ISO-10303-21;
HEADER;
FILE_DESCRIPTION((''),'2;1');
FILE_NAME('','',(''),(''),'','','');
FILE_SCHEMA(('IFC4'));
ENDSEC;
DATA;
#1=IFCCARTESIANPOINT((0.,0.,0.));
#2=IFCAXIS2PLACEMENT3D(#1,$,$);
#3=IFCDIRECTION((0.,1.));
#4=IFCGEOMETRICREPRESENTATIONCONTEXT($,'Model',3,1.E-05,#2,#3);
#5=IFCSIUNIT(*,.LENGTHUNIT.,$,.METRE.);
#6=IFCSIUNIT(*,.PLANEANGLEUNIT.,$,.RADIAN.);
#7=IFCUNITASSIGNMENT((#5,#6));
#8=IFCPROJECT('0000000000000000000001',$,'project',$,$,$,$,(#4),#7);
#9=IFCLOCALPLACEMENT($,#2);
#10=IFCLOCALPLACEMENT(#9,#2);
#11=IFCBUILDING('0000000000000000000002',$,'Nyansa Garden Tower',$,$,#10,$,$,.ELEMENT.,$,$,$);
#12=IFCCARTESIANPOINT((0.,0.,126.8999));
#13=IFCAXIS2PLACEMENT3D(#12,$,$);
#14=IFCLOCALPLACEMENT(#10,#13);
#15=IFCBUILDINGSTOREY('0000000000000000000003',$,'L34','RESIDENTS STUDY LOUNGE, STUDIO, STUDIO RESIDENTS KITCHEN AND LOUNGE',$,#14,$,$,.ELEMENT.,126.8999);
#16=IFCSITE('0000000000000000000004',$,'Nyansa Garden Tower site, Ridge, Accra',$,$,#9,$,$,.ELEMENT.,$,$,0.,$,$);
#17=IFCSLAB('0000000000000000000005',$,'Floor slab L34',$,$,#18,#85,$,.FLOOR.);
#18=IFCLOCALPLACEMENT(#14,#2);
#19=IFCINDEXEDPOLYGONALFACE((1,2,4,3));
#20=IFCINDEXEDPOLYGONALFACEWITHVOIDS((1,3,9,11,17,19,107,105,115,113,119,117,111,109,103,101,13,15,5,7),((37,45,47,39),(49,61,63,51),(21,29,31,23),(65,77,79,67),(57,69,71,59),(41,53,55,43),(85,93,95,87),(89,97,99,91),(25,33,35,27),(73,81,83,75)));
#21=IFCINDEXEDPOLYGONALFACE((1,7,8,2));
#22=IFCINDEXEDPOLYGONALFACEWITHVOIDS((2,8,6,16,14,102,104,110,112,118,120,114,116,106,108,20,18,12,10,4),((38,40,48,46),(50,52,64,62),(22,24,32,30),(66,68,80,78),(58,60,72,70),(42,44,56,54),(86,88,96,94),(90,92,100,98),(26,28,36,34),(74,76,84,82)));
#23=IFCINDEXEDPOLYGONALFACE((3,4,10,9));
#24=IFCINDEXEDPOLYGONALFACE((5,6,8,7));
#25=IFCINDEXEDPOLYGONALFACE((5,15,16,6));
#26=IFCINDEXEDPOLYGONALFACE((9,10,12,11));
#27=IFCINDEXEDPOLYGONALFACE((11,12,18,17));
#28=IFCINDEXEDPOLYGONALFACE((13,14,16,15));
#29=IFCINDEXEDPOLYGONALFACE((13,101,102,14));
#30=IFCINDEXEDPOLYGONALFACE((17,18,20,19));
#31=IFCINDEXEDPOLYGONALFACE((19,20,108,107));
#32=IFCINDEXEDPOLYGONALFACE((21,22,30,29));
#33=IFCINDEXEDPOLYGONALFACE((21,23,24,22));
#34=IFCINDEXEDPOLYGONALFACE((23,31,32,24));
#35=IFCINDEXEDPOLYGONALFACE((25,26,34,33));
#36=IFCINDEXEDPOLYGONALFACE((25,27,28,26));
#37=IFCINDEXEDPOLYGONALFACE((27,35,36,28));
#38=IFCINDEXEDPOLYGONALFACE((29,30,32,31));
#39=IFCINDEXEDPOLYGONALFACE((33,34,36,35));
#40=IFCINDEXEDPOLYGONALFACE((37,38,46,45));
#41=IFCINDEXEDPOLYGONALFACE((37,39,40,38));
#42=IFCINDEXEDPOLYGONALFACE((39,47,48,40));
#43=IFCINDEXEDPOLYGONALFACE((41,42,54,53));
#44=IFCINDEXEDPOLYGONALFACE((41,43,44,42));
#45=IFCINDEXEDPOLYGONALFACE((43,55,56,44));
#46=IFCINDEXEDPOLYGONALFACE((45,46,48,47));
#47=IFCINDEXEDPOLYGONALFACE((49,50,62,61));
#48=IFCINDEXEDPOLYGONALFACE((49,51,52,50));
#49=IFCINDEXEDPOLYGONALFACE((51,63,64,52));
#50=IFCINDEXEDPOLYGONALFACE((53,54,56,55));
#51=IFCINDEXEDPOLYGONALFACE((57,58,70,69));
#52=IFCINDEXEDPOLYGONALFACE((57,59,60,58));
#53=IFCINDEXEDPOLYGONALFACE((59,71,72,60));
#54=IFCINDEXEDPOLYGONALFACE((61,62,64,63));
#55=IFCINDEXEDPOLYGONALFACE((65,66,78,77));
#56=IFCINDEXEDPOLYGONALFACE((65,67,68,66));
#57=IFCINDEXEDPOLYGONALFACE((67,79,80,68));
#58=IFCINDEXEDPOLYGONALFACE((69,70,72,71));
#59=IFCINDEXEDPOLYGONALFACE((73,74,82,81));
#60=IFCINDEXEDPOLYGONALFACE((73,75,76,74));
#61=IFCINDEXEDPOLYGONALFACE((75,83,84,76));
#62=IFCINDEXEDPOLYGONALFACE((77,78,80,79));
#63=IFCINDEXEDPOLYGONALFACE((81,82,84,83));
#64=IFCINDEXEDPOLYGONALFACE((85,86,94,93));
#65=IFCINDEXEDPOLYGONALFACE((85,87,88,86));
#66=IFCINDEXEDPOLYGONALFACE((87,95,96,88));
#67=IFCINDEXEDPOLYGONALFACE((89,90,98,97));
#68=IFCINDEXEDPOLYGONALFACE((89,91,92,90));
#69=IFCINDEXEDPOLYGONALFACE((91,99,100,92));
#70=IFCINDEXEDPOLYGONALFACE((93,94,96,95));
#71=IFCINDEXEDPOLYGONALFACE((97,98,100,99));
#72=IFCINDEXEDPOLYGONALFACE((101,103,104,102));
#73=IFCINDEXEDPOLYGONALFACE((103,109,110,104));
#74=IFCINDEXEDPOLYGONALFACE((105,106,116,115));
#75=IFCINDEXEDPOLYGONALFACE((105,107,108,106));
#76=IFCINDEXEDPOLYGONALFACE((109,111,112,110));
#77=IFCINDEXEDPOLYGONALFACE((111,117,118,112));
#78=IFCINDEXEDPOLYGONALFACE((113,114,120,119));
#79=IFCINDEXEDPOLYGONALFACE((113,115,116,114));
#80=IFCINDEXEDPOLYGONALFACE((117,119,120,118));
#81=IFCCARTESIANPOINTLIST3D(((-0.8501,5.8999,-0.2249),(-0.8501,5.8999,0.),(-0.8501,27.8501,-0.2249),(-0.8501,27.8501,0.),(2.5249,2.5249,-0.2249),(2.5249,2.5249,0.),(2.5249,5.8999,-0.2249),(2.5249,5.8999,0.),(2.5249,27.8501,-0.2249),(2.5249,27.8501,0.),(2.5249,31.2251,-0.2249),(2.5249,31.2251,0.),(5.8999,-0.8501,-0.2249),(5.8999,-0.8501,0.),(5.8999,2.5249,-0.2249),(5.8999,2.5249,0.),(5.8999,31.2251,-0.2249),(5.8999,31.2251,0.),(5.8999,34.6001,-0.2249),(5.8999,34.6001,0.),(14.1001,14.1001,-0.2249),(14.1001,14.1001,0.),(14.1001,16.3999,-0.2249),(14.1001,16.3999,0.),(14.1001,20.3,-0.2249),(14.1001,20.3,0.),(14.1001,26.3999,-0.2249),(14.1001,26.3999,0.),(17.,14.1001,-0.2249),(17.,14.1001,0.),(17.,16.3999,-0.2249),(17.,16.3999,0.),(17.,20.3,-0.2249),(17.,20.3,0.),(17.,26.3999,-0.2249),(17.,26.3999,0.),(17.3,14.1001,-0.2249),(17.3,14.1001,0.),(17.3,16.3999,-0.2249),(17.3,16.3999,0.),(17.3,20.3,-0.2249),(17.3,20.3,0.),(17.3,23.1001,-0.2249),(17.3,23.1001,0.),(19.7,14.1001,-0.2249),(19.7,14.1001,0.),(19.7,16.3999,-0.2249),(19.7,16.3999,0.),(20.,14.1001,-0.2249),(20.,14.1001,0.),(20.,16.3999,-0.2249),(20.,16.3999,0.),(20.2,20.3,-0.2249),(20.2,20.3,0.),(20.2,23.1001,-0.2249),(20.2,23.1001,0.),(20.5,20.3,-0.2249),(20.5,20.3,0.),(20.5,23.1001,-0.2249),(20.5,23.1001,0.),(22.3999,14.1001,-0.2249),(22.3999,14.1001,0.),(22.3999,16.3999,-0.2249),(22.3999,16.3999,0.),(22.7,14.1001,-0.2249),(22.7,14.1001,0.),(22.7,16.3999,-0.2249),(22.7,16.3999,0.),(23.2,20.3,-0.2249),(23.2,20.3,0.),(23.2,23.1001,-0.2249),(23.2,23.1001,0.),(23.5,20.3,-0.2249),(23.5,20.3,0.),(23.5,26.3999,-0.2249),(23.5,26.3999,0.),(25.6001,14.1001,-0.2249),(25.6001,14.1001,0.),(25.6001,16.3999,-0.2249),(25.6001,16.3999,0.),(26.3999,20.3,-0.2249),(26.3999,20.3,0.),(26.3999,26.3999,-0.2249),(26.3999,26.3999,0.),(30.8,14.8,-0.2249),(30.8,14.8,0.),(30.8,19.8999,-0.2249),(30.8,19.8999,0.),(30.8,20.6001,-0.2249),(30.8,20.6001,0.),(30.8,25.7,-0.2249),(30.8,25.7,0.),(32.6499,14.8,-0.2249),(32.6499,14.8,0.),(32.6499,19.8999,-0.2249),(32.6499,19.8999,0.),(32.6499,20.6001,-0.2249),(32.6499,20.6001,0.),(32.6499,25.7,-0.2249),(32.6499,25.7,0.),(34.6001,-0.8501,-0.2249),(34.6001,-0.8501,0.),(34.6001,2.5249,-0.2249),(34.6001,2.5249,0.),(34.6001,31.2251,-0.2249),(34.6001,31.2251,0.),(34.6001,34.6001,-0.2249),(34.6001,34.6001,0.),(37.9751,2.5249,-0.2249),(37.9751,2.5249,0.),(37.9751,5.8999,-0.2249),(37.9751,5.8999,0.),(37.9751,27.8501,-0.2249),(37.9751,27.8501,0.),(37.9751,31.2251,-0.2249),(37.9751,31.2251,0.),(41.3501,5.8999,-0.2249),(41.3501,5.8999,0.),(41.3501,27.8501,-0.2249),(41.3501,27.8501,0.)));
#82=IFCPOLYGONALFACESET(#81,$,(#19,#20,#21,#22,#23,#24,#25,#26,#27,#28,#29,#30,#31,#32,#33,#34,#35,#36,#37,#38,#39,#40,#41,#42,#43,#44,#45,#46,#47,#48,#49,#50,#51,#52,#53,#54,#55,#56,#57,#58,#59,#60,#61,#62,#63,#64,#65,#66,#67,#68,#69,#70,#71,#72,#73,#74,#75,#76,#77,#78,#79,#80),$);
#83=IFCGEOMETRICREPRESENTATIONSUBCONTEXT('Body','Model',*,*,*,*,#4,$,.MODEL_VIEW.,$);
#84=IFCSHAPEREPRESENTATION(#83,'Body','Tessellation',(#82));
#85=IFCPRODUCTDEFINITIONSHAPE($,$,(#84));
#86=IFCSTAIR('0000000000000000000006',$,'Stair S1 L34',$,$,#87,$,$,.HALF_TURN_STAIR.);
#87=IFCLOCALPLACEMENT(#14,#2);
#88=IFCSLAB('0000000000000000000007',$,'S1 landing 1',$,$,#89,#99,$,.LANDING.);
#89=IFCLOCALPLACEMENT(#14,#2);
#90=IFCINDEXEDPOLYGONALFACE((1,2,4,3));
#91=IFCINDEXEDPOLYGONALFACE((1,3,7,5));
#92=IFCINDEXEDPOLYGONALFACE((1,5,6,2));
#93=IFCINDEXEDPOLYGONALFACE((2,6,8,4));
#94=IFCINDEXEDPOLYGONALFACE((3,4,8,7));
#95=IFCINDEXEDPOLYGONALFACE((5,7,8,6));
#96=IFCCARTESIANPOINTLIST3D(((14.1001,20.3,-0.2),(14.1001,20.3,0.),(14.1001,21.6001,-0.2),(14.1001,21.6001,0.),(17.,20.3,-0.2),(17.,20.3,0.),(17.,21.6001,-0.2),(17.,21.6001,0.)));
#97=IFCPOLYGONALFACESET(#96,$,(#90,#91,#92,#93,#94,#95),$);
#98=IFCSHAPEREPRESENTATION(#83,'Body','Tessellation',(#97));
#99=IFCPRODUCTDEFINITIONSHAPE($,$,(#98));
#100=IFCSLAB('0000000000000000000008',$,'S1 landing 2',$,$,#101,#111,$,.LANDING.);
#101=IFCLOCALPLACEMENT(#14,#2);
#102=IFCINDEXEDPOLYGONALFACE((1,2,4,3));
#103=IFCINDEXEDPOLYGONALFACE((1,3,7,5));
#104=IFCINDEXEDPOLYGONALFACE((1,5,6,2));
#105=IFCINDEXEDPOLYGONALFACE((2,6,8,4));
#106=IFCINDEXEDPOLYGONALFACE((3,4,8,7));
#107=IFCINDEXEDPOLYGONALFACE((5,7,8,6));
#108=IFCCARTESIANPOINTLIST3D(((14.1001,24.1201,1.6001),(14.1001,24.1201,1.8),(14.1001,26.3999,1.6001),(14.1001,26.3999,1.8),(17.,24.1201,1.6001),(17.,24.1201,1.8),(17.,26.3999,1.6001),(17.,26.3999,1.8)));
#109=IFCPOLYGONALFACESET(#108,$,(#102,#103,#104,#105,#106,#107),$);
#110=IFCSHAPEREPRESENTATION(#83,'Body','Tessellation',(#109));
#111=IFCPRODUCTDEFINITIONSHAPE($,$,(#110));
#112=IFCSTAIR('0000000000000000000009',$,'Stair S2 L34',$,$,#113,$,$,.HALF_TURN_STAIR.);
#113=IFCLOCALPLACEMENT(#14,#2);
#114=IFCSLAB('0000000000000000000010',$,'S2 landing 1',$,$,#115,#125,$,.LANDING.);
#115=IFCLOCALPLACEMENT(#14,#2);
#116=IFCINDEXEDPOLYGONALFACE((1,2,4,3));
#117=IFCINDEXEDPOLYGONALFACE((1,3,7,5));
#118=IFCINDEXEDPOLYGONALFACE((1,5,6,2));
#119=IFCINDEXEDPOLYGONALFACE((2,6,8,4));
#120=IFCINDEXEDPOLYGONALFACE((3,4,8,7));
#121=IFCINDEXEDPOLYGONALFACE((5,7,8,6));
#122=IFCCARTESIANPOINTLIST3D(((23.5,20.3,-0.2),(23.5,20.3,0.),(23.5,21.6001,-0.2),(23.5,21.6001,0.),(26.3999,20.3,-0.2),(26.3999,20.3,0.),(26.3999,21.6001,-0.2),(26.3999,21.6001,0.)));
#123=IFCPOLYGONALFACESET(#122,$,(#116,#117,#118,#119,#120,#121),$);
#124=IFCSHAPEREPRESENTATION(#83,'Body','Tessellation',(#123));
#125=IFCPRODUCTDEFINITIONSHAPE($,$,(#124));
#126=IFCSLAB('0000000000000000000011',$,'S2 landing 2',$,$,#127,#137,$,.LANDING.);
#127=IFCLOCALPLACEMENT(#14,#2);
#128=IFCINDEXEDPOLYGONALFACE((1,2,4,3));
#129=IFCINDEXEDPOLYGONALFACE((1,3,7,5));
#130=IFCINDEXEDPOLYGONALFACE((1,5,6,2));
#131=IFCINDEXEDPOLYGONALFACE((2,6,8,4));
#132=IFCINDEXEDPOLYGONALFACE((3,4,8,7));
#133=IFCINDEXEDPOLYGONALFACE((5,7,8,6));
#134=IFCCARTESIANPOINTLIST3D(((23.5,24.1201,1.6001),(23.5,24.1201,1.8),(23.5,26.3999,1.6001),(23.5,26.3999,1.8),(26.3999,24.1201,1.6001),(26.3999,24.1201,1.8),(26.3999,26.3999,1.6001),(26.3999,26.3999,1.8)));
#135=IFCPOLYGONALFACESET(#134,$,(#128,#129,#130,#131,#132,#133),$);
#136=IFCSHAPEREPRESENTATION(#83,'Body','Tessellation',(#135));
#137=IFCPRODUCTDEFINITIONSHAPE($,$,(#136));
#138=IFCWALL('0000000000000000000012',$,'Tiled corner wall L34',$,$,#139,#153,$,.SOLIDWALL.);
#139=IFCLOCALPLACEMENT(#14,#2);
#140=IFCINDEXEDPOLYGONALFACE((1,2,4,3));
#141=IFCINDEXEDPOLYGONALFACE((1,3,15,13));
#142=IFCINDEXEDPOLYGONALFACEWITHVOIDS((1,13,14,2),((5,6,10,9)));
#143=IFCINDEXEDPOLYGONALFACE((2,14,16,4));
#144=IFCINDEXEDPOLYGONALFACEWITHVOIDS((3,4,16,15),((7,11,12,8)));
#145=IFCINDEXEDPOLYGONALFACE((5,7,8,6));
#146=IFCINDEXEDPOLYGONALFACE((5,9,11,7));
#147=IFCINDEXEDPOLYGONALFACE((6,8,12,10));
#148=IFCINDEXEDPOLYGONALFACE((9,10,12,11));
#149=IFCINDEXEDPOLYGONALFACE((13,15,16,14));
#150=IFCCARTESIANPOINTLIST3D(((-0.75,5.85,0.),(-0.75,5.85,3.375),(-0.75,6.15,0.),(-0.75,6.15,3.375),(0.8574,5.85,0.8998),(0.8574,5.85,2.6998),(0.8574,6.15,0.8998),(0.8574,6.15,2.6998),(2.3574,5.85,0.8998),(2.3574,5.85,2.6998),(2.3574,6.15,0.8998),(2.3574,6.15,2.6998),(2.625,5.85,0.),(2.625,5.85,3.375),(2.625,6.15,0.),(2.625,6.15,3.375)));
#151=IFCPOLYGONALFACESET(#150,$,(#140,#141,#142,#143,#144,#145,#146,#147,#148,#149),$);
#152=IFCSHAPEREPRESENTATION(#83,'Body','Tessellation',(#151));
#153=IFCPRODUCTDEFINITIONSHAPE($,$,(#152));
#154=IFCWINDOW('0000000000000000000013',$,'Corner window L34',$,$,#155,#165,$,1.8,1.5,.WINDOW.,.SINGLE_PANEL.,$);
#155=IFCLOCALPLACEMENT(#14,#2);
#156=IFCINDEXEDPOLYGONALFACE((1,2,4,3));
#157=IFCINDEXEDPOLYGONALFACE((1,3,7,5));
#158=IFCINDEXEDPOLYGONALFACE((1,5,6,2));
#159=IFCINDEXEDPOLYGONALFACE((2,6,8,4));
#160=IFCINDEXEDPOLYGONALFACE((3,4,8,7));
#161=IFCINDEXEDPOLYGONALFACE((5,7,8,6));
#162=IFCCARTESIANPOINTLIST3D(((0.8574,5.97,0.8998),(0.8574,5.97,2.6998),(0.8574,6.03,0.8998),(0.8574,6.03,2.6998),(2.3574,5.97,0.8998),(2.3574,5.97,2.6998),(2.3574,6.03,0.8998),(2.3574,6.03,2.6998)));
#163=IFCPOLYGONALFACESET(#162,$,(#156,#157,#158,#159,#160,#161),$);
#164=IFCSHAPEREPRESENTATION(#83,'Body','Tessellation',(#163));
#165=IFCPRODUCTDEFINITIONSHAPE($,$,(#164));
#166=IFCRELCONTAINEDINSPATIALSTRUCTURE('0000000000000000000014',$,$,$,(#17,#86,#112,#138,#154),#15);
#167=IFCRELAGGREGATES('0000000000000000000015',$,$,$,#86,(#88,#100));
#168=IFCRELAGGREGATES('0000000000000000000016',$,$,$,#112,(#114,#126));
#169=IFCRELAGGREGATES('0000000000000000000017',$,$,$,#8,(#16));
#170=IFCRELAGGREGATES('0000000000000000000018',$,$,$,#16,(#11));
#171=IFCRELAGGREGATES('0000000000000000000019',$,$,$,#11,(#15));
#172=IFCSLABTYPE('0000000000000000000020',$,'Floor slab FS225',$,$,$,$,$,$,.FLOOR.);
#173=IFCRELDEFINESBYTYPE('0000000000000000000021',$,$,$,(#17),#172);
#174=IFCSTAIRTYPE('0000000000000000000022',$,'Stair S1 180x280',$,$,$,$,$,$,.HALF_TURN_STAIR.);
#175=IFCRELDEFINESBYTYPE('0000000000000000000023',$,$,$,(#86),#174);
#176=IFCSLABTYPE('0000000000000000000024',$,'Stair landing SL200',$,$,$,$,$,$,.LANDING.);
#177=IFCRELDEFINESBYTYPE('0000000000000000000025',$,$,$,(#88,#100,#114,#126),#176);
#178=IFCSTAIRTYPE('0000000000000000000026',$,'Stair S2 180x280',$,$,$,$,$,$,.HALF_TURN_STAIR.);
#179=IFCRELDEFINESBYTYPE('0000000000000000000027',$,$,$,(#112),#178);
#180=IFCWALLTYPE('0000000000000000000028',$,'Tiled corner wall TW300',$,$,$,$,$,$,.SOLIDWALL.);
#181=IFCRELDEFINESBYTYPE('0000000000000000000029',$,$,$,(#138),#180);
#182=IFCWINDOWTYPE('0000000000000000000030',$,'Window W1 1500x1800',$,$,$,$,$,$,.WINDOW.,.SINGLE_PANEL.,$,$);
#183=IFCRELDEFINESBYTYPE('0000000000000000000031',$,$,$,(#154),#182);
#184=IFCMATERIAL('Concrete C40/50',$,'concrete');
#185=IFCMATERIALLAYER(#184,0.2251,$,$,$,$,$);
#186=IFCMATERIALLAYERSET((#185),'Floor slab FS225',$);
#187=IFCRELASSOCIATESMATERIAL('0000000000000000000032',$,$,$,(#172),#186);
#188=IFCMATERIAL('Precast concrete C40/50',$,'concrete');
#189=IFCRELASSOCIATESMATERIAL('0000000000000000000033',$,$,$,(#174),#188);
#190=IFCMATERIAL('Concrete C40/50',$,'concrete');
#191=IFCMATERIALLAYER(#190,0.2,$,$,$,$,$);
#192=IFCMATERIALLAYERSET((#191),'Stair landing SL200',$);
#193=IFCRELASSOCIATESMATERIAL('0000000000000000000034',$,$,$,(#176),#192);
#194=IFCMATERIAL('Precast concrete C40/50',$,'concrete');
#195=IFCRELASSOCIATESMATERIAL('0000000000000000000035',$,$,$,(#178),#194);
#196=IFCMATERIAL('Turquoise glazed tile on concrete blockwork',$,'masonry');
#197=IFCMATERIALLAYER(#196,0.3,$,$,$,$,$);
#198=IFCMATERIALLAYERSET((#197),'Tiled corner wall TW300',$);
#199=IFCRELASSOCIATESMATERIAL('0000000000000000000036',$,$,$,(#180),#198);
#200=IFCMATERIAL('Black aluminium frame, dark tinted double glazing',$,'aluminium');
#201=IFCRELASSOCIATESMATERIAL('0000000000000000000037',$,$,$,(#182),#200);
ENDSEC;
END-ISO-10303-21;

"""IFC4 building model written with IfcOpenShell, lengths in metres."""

from ifc_helpers import new_model, si_unit, direction, frame, frame_2d, origin, place, context, subcontext, project, spatial, polyline, rectangle, outline, extrude, material, layer, layer_set, type_object, element, fill, aggregate, save


model = new_model("IFC4")

# Units and contexts
model_context = context("Model", 3, precision=1e-05, world=origin(), true_north=direction((0.0, 1.0)))
body_context = subcontext(model_context, "Body", "Model", "MODEL_VIEW")
ifc_project = project(units=[si_unit("LENGTHUNIT", "METRE"), si_unit("PLANEANGLEUNIT", "RADIAN")], contexts=[model_context])

# Site, building, storey
site_placement = place(None, origin())
site = spatial("IfcSite", under=ifc_project, at=site_placement, Name="Nyansa Garden Tower site, Ridge, Accra", CompositionType="ELEMENT", RefElevation=0.0)
building_placement = place(site_placement, origin())
building = spatial("IfcBuilding", under=site, at=building_placement, Name="Nyansa Garden Tower", CompositionType="ELEMENT")
storey_placement = place(building_placement, frame((0.0, 0.0, 126.8999)))
storey = spatial("IfcBuildingStorey", under=building, at=storey_placement, Name="L34", Description="RESIDENTS STUDY LOUNGE, STUDIO, STUDIO RESIDENTS KITCHEN AND LOUNGE", CompositionType="ELEMENT", Elevation=126.8999)

# Slab
ifc_material_1 = material(Name="Concrete C40/50", Category="concrete")
ifc_layer_1 = layer(ifc_material_1, 0.2251)
ifc_layer_set_1 = layer_set([ifc_layer_1], Name="Floor slab FS225")
slab_type_1 = type_object("IfcSlabType", Name="Floor slab FS225", PredefinedType="FLOOR", material=ifc_layer_set_1)
slab_1_placement = place(storey_placement, frame((0.0, 0.0, -0.2249)))
element("IfcSlab", 1, at=slab_1_placement, inside=storey, type_object=slab_type_1, Name="Floor slab L34", PredefinedType="FLOOR", context=body_context, shape_type="SweptSolid", body=[
    extrude(outline(polyline([(41.3501, 5.8999), (37.9751, 5.8999), (37.9751, 2.5249), (34.6001, 2.5249), (34.6001, -0.8501), (5.8999, -0.8501), (5.8999, 2.5249), (2.5249, 2.5249), (2.5249, 5.8999), (-0.8501, 5.8999), (-0.8501, 27.8501), (2.5249, 27.8501), (2.5249, 31.2251), (5.8999, 31.2251), (5.8999, 34.6001), (34.6001, 34.6001), (34.6001, 31.2251), (37.9751, 31.2251), (37.9751, 27.8501), (41.3501, 27.8501), (41.3501, 5.8999)]), holes=[polyline([(14.1001, 14.1001), (17.0, 14.1001), (17.0, 16.3999), (14.1001, 16.3999), (14.1001, 14.1001)]), polyline([(17.3, 14.1001), (19.7, 14.1001), (19.7, 16.3999), (17.3, 16.3999), (17.3, 14.1001)]), polyline([(20.0, 14.1001), (22.3999, 14.1001), (22.3999, 16.3999), (20.0, 16.3999), (20.0, 14.1001)]), polyline([(22.7, 14.1001), (25.6001, 14.1001), (25.6001, 16.3999), (22.7, 16.3999), (22.7, 14.1001)]), polyline([(17.3, 20.3), (20.2, 20.3), (20.2, 23.1001), (17.3, 23.1001), (17.3, 20.3)]), polyline([(20.5, 20.3), (23.2, 20.3), (23.2, 23.1001), (20.5, 23.1001), (20.5, 20.3)]), polyline([(30.8, 14.8), (32.6499, 14.8), (32.6499, 19.8999), (30.8, 19.8999), (30.8, 14.8)]), polyline([(30.8, 20.6001), (32.6499, 20.6001), (32.6499, 25.7), (30.8, 25.7), (30.8, 20.6001)]), polyline([(14.1001, 20.3), (17.0, 20.3), (17.0, 26.3999), (14.1001, 26.3999), (14.1001, 20.3)]), polyline([(23.5, 20.3), (26.3999, 20.3), (26.3999, 26.3999), (23.5, 26.3999), (23.5, 20.3)])]), origin(), (0.0, 0.0, 1.0), 0.2249),
])

# Stairs, slabs
ifc_material_2 = material(Name="Precast concrete C40/50", Category="concrete")
stair_type_1 = type_object("IfcStairType", Name="Stair S1 180x280", PredefinedType="HALF_TURN_STAIR", material=ifc_material_2)
stair_1_placement = place(storey_placement, origin())
stair_1 = element("IfcStair", 2, at=stair_1_placement, inside=storey, type_object=stair_type_1, Name="Stair S1 L34", PredefinedType="HALF_TURN_STAIR")
ifc_material_3 = material(Name="Concrete C40/50", Category="concrete")
ifc_layer_2 = layer(ifc_material_3, 0.2)
ifc_layer_set_2 = layer_set([ifc_layer_2], Name="Stair landing SL200")
slab_type_2 = type_object("IfcSlabType", Name="Stair landing SL200", PredefinedType="LANDING", material=ifc_layer_set_2)
slab_2_placement = place(storey_placement, frame((0.0, 0.0, -0.2)))
slab_2 = element("IfcSlab", 3, at=slab_2_placement, type_object=slab_type_2, Name="S1 landing 1", PredefinedType="LANDING", context=body_context, shape_type="SweptSolid", body=[
    extrude(outline(polyline([(14.1001, 20.3), (17.0, 20.3), (17.0, 21.6001), (14.1001, 21.6001), (14.1001, 20.3)])), origin(), (0.0, 0.0, 1.0), 0.2),
])
slab_3_placement = place(storey_placement, frame((0.0, 0.0, 1.6001)))
slab_3 = element("IfcSlab", 4, at=slab_3_placement, type_object=slab_type_2, Name="S1 landing 2", PredefinedType="LANDING", context=body_context, shape_type="SweptSolid", body=[
    extrude(outline(polyline([(14.1001, 24.1201), (17.0, 24.1201), (17.0, 26.3999), (14.1001, 26.3999), (14.1001, 24.1201)])), origin(), (0.0, 0.0, 1.0), 0.2),
])
aggregate(stair_1, [slab_2, slab_3])
ifc_material_4 = material(Name="Precast concrete C40/50", Category="concrete")
stair_type_2 = type_object("IfcStairType", Name="Stair S2 180x280", PredefinedType="HALF_TURN_STAIR", material=ifc_material_4)
stair_2_placement = place(storey_placement, origin())
stair_2 = element("IfcStair", 5, at=stair_2_placement, inside=storey, type_object=stair_type_2, Name="Stair S2 L34", PredefinedType="HALF_TURN_STAIR")
slab_4_placement = place(storey_placement, frame((0.0, 0.0, -0.2)))
slab_4 = element("IfcSlab", 6, at=slab_4_placement, type_object=slab_type_2, Name="S2 landing 1", PredefinedType="LANDING", context=body_context, shape_type="SweptSolid", body=[
    extrude(outline(polyline([(23.5, 20.3), (26.3999, 20.3), (26.3999, 21.6001), (23.5, 21.6001), (23.5, 20.3)])), origin(), (0.0, 0.0, 1.0), 0.2),
])
slab_5_placement = place(storey_placement, frame((0.0, 0.0, 1.6001)))
slab_5 = element("IfcSlab", 7, at=slab_5_placement, type_object=slab_type_2, Name="S2 landing 2", PredefinedType="LANDING", context=body_context, shape_type="SweptSolid", body=[
    extrude(outline(polyline([(23.5, 24.1201), (26.3999, 24.1201), (26.3999, 26.3999), (23.5, 26.3999), (23.5, 24.1201)])), origin(), (0.0, 0.0, 1.0), 0.2),
])
aggregate(stair_2, [slab_4, slab_5])

# Wall, opening, window
ifc_material_5 = material(Name="Turquoise glazed tile on concrete blockwork", Category="masonry")
ifc_layer_3 = layer(ifc_material_5, 0.3)
ifc_layer_set_3 = layer_set([ifc_layer_3], Name="Tiled corner wall TW300")
wall_type = type_object("IfcWallType", Name="Tiled corner wall TW300", PredefinedType="SOLIDWALL", material=ifc_layer_set_3)
wall_1_placement = place(storey_placement, frame((-0.75, 6.0, 0.0), z_axis=(0.0, 0.0, 1.0), x_axis=(1.0, 0.0, 0.0)))
wall_1 = element("IfcWall", 8, at=wall_1_placement, inside=storey, type_object=wall_type, Name="Tiled corner wall L34", PredefinedType="SOLIDWALL", context=body_context, shape_type="SweptSolid", body=[
    extrude(rectangle(XDim=3.375, YDim=0.3, at=frame_2d((1.6875, 0.0))), origin(), (0.0, 0.0, 1.0), 3.375),
])
opening_1_placement = place(wall_1_placement, frame((1.6074, 0.0, 0.8999)))
opening_1 = element("IfcOpeningElement", 9, at=opening_1_placement, cuts=wall_1, PredefinedType="OPENING", context=body_context, shape_type="SweptSolid", body=[
    extrude(rectangle(XDim=1.5, YDim=1.8, at=frame_2d((0.75, 0.8999))), frame((0.0, 0.1599, 0.0), z_axis=(0.0, -1.0, 0.0), x_axis=(1.0, 0.0, 0.0)), (0.0, 0.0, 1.0), 0.3201),
])
ifc_material_6 = material(Name="Black aluminium frame, dark tinted double glazing", Category="aluminium")
window_type_1 = type_object("IfcWindowType", Name="Window W1 1500x1800", PartitioningType="SINGLE_PANEL", PredefinedType="WINDOW", material=ifc_material_6)
window_1_placement = place(opening_1_placement, origin())
window_1 = element("IfcWindow", 10, at=window_1_placement, inside=storey, type_object=window_type_1, Name="Corner window L34", OverallHeight=1.8, OverallWidth=1.5, PartitioningType="SINGLE_PANEL", PredefinedType="WINDOW", context=body_context, shape_type="SweptSolid", body=[
    extrude(rectangle(XDim=1.5, YDim=1.8, at=frame_2d((0.75, 0.8999))), frame((0.0, 0.03, 0.0), z_axis=(0.0, -1.0, 0.0), x_axis=(1.0, 0.0, 0.0)), (0.0, 0.0, 1.0), 0.0601),
])
fill(opening_1, window_1)

save(model, "model.ifc")
